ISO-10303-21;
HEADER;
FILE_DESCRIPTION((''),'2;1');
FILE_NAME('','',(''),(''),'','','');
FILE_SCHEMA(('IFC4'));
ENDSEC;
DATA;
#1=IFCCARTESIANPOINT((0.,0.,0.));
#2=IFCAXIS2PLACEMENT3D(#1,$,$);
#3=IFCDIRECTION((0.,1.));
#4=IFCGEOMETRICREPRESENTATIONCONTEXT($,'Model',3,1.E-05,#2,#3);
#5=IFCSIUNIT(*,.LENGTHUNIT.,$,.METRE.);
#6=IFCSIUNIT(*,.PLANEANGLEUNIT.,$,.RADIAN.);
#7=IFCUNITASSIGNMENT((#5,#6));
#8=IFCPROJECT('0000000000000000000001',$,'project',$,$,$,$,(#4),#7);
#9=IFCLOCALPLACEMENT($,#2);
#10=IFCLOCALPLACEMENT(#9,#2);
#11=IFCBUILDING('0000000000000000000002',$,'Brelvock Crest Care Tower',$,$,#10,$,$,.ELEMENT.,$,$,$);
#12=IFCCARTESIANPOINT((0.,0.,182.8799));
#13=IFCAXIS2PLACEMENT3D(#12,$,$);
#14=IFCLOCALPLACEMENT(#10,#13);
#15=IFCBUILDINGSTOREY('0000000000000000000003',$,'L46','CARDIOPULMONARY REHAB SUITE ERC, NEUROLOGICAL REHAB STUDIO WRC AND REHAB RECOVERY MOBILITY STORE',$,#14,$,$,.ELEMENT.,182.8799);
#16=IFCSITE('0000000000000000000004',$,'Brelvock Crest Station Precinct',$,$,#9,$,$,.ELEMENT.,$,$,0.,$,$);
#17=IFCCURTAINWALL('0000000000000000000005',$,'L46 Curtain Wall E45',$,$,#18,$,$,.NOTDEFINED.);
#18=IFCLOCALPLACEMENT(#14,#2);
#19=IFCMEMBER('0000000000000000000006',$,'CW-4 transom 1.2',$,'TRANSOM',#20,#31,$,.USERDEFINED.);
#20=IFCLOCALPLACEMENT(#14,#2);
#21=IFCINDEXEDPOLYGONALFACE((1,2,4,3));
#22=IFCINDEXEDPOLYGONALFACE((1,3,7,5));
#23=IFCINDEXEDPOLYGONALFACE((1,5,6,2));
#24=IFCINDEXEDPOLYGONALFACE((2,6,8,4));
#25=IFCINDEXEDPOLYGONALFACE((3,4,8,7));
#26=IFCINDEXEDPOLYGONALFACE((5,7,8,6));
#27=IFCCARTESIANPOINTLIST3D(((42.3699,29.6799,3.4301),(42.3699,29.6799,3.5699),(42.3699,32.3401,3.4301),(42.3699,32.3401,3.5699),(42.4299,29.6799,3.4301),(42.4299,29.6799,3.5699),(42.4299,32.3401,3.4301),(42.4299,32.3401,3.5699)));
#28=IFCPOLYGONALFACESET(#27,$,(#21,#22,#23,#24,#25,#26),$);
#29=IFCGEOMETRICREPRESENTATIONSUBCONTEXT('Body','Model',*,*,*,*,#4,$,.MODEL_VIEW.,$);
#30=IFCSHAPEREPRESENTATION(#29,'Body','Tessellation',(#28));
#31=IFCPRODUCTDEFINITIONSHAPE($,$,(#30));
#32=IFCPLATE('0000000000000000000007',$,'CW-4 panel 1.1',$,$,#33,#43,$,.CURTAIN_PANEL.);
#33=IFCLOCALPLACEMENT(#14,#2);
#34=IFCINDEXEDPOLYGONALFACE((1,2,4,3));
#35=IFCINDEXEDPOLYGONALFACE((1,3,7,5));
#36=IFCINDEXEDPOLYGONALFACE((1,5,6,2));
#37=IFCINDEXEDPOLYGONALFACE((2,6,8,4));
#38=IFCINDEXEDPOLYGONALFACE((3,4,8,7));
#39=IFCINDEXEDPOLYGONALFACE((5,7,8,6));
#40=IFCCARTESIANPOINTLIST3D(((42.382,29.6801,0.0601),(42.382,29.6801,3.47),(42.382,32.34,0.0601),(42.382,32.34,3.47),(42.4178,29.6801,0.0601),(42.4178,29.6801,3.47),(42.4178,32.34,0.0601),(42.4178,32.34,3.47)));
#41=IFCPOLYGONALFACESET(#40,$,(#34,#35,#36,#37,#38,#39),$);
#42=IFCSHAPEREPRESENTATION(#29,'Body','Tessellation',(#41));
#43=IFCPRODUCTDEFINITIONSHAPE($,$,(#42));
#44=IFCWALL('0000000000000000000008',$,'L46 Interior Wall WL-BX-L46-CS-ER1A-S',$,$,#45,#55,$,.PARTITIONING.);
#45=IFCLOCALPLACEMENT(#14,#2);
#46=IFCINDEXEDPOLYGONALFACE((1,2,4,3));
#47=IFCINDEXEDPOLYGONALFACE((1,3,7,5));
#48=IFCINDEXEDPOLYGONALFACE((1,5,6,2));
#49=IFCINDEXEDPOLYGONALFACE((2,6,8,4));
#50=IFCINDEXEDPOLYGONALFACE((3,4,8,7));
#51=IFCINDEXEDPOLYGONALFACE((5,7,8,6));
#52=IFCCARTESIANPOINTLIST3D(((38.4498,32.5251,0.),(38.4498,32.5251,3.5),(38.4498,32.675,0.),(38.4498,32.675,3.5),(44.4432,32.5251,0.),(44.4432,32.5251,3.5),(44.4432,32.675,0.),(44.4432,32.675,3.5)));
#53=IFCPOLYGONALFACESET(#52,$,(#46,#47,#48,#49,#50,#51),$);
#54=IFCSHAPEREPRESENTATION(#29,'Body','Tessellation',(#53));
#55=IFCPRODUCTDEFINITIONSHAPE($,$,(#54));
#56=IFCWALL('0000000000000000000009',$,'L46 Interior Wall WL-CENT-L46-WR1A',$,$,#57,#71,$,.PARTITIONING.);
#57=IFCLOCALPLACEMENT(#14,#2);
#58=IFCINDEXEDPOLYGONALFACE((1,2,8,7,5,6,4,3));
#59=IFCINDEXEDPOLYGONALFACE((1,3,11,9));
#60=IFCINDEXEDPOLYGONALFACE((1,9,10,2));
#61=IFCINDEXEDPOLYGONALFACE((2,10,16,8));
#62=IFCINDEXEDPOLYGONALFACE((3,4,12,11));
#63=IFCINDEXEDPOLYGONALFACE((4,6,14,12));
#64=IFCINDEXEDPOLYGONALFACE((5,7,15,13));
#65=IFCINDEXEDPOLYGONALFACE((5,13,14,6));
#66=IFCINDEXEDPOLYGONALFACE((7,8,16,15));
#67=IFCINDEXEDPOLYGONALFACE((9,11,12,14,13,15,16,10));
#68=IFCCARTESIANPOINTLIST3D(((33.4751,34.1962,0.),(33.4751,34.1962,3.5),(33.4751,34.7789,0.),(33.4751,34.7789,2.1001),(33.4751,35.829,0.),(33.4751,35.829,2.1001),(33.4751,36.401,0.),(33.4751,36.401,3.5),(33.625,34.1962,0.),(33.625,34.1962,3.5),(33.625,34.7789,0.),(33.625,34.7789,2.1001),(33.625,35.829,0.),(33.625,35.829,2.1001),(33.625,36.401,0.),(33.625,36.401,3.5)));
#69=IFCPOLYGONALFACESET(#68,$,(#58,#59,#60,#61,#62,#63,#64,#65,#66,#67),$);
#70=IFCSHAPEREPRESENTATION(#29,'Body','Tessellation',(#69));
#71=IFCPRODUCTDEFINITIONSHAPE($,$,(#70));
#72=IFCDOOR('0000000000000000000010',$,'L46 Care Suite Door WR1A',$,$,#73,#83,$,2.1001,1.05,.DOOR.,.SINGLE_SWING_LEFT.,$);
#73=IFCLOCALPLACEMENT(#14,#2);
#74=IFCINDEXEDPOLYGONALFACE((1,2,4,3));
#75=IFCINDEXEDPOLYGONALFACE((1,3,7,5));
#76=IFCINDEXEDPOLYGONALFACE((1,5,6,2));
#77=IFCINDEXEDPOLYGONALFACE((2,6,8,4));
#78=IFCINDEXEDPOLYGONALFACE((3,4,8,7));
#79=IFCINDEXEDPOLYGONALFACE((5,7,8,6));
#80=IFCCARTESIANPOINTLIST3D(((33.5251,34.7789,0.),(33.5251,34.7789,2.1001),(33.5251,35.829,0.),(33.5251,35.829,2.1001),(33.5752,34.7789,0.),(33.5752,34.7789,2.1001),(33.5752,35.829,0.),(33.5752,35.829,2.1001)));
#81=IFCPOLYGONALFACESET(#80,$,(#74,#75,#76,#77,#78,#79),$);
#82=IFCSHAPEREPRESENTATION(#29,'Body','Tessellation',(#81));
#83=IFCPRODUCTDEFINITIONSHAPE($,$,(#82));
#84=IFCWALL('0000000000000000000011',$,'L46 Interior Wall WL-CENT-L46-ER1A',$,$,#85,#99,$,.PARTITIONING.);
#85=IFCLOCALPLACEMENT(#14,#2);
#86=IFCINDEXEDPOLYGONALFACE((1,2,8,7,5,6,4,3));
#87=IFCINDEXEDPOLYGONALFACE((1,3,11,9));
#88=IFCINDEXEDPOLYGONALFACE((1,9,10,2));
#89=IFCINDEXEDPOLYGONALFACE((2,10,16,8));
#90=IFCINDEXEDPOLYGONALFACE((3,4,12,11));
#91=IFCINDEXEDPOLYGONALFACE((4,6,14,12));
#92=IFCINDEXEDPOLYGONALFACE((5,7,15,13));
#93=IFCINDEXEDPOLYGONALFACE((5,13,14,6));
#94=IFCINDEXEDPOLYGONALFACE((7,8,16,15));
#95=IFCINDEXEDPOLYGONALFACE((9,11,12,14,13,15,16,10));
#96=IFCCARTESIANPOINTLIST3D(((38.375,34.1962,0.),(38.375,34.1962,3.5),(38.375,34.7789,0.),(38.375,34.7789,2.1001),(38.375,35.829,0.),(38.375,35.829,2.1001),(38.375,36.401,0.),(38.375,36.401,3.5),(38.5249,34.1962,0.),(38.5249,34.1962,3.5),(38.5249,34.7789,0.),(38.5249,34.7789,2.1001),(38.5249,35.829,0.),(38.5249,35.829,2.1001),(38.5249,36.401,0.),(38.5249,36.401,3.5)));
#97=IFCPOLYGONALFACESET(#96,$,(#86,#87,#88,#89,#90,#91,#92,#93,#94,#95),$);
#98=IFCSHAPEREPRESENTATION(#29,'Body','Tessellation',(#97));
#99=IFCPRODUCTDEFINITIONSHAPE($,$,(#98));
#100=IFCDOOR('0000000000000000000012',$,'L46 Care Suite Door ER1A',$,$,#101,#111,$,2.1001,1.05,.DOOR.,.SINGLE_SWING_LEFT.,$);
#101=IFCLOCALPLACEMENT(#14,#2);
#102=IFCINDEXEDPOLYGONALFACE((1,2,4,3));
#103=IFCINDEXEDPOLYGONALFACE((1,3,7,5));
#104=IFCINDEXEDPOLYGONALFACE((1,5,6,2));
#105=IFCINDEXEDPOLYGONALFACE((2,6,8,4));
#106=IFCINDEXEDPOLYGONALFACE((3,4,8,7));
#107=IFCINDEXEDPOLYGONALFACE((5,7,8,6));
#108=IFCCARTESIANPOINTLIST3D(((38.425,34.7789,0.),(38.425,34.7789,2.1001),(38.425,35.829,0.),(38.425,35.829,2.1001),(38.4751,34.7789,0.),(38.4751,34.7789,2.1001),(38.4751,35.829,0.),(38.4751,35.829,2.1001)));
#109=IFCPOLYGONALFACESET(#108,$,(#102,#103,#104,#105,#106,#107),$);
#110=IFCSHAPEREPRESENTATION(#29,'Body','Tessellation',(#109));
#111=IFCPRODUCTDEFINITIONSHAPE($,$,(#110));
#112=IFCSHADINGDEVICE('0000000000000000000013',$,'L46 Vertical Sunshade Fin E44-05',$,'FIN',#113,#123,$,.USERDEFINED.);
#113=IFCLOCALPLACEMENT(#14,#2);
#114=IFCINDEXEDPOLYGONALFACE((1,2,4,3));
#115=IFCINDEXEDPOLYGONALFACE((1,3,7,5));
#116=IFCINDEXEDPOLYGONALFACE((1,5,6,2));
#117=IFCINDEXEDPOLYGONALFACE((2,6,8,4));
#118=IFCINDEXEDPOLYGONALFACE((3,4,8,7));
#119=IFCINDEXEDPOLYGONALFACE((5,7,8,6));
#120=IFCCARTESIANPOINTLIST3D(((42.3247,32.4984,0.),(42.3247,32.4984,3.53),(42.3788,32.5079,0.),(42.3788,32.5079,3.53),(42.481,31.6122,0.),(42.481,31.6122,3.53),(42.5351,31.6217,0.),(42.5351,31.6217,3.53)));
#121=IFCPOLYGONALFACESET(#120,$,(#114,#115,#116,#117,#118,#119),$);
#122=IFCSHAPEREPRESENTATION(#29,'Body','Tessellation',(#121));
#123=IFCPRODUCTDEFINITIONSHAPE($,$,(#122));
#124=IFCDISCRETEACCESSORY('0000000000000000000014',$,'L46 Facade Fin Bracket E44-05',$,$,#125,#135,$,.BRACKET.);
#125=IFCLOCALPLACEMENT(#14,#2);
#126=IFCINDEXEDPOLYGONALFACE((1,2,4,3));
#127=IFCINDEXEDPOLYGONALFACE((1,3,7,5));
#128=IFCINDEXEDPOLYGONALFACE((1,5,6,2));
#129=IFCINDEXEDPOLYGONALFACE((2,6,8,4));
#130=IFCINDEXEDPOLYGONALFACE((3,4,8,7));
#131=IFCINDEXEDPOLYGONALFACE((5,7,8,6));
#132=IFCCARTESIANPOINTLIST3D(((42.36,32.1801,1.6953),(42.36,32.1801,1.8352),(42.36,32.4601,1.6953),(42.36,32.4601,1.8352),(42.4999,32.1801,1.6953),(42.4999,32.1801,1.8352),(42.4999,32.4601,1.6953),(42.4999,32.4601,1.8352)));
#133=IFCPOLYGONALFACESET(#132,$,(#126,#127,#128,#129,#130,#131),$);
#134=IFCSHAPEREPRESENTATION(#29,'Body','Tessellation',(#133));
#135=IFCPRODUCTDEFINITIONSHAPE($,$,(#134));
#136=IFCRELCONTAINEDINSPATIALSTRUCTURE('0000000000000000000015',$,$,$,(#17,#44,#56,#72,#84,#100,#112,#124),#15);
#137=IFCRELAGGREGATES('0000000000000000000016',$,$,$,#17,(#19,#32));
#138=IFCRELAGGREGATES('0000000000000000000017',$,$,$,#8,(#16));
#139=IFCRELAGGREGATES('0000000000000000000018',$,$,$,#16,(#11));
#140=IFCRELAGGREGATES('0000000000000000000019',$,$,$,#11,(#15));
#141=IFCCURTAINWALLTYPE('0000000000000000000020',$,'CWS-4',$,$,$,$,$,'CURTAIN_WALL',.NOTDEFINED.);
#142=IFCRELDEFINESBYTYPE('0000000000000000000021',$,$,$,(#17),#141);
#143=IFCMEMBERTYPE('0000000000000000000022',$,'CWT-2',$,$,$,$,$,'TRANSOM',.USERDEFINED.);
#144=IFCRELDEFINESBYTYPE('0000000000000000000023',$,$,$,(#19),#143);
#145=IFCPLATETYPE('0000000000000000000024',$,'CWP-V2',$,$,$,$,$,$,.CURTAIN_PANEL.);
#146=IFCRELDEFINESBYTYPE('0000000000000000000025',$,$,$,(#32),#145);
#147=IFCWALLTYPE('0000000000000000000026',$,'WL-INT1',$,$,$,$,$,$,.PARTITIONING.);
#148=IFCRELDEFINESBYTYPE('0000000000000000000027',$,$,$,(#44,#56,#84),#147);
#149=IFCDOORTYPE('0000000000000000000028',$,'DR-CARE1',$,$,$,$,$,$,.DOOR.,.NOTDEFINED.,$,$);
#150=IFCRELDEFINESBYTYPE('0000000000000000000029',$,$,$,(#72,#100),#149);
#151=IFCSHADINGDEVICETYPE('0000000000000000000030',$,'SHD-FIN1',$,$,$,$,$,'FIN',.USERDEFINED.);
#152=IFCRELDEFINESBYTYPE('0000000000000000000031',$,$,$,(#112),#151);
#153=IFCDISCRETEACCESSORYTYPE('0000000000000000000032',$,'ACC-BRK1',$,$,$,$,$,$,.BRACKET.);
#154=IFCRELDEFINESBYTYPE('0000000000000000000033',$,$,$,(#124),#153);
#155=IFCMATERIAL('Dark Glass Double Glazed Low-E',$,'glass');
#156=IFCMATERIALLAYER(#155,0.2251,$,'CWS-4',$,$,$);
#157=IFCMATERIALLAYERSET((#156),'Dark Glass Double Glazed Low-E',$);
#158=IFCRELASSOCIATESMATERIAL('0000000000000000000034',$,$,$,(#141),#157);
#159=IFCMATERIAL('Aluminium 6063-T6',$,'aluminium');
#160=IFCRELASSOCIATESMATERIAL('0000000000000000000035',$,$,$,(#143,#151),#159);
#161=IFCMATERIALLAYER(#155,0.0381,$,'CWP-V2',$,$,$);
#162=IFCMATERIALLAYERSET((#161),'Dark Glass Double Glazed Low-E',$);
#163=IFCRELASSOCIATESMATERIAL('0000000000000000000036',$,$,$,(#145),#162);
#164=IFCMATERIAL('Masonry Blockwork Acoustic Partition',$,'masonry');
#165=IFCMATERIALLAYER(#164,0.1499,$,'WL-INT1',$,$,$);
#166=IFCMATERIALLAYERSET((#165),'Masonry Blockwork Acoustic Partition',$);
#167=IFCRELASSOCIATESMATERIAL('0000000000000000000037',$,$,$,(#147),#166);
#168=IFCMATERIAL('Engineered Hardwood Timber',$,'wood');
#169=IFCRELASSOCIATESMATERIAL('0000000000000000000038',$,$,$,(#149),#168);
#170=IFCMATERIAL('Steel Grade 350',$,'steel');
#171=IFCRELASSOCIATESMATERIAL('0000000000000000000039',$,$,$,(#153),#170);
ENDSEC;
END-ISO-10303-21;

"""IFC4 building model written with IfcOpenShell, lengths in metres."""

from ifc_helpers import new_model, si_unit, direction, frame, frame_2d, origin, origin_2d, place, context, subcontext, project, spatial, rectangle, extrude, source, transform, mapped, material, layer, layer_set, material_profile, profile_set, type_object, element, fill, aggregate, save


model = new_model("IFC4")

# Units and contexts
model_context = context("Model", 3, precision=1e-05, world=origin(), true_north=direction((0.0, 1.0)))
body_context = subcontext(model_context, "Body", "Model", "MODEL_VIEW")
ifc_project = project(units=[si_unit("LENGTHUNIT", "METRE"), si_unit("PLANEANGLEUNIT", "RADIAN")], contexts=[model_context])

# Site, building, storey
site_placement = place(None, origin())
site = spatial("IfcSite", under=ifc_project, at=site_placement, Name="Brelvock Crest Station Precinct", CompositionType="ELEMENT", RefElevation=0.0)
building_placement = place(site_placement, origin())
building = spatial("IfcBuilding", under=site, at=building_placement, Name="Brelvock Crest Care Tower", CompositionType="ELEMENT")
storey_placement = place(building_placement, frame((0.0, 0.0, 182.8799)))
storey = spatial("IfcBuildingStorey", under=building, at=storey_placement, Name="L46", Description="CARDIOPULMONARY REHAB SUITE ERC, NEUROLOGICAL REHAB STUDIO WRC AND REHAB RECOVERY MOBILITY STORE", CompositionType="ELEMENT", Elevation=182.8799)

# Shared definitions
ifc_material_1 = material(Name="Steel Grade 350", Category="steel")

# Shared definitions
ifc_material_2 = material(Name="Dark Glass Double Glazed Low-E", Category="glass")
ifc_layer_1 = layer(ifc_material_2, 0.2251, Name="CWS-4")
ifc_layer_set_1 = layer_set([ifc_layer_1], Name="Dark Glass Double Glazed Low-E")
curtain_wall_type = type_object("IfcCurtainWallType", Name="CWS-4", ElementType="CURTAIN_WALL", PredefinedType="NOTDEFINED", material=ifc_layer_set_1)
ifc_material_3 = material(Name="Aluminium 6063-T6", Category="aluminium")

# Curtain wall, member, plate
curtain_wall_1_placement = place(storey_placement, origin())
curtain_wall_1 = element("IfcCurtainWall", 1, at=curtain_wall_1_placement, inside=storey, type_object=curtain_wall_type, Name="L46 Curtain Wall E45", PredefinedType="NOTDEFINED")
ifc_material_profile_1 = material_profile(ifc_material_3, rectangle(XDim=0.0601, YDim=0.1399, at=origin_2d()), Name="ALU60x140")
ifc_profile_set_1 = profile_set([ifc_material_profile_1], Name="Aluminium 6063-T6")
member_type_1 = type_object("IfcMemberType", Name="CWT-2", ElementType="TRANSOM", PredefinedType="USERDEFINED", material=ifc_profile_set_1)
shared_shape_1 = source(origin(), body_context, "Body", "SweptSolid", [
    extrude(rectangle(XDim=0.0601, YDim=0.1399, at=origin_2d()), origin(), (0.0, 0.0, 1.0), 2.6602),
])
member_1_placement = place(storey_placement, frame((42.3999, 32.3401, 3.5), z_axis=(0.0, -1.0, 0.0), x_axis=(1.0, 0.0, 0.0)))
member_1 = element("IfcMember", 2, at=member_1_placement, type_object=member_type_1, Name="CW-4 transom 1.2", ObjectType="TRANSOM", PredefinedType="USERDEFINED", context=body_context, shape_type="MappedRepresentation", body=[
    mapped(shared_shape_1, transform((0.0, 0.0, 0.0), x_axis=(1.0, 0.0, 0.0), y_axis=(0.0, 1.0, 0.0), z_axis=(0.0, 0.0, 1.0), scale=1.0)),
])
ifc_layer_2 = layer(ifc_material_2, 0.0381, Name="CWP-V2")
ifc_layer_set_2 = layer_set([ifc_layer_2], Name="Dark Glass Double Glazed Low-E")
plate_type = type_object("IfcPlateType", Name="CWP-V2", PredefinedType="CURTAIN_PANEL", material=ifc_layer_set_2)
shared_shape_2 = source(origin(), body_context, "Body", "SweptSolid", [
    extrude(rectangle(XDim=2.6599, YDim=0.0359, at=origin_2d()), origin(), (0.0, 0.0, 1.0), 3.4099),
])
plate_placement = place(storey_placement, frame((42.3999, 31.01, 0.0601), z_axis=(0.0, 0.0, 1.0), x_axis=(0.0, -1.0, 0.0)))
plate = element("IfcPlate", 3, at=plate_placement, type_object=plate_type, Name="CW-4 panel 1.1", PredefinedType="CURTAIN_PANEL", context=body_context, shape_type="MappedRepresentation", body=[
    mapped(shared_shape_2, transform((0.0, 0.0, 0.0), x_axis=(1.0, 0.0, 0.0), y_axis=(0.0, 1.0, 0.0), z_axis=(0.0, 0.0, 1.0), scale=1.0)),
])
aggregate(curtain_wall_1, [member_1, plate])

# Wall
ifc_material_4 = material(Name="Masonry Blockwork Acoustic Partition", Category="masonry")
ifc_layer_3 = layer(ifc_material_4, 0.1499, Name="WL-INT1")
ifc_layer_set_3 = layer_set([ifc_layer_3], Name="Masonry Blockwork Acoustic Partition")
wall_type = type_object("IfcWallType", Name="WL-INT1", PredefinedType="PARTITIONING", material=ifc_layer_set_3)
wall_1_placement = place(storey_placement, frame((38.45, 32.6001, 0.0), z_axis=(0.0, 0.0, 1.0), x_axis=(1.0, 0.0, 0.0)))
element("IfcWall", 4, at=wall_1_placement, inside=storey, type_object=wall_type, Name="L46 Interior Wall WL-BX-L46-CS-ER1A-S", PredefinedType="PARTITIONING", context=body_context, shape_type="SweptSolid", body=[
    extrude(rectangle(XDim=5.9934, YDim=0.1499, at=frame_2d((2.9966, 0.0))), origin(), (0.0, 0.0, 1.0), 3.5),
])

# Walls, openings, doors
wall_2_placement = place(storey_placement, frame((33.55, 34.196, 0.0), z_axis=(0.0, 0.0, 1.0), x_axis=(0.0, 1.0, 0.0)))
wall_2 = element("IfcWall", 5, at=wall_2_placement, inside=storey, type_object=wall_type, Name="L46 Interior Wall WL-CENT-L46-WR1A", PredefinedType="PARTITIONING", context=body_context, shape_type="SweptSolid", body=[
    extrude(rectangle(XDim=2.2048, YDim=0.1499, at=frame_2d((1.1025, 0.0))), origin(), (0.0, 0.0, 1.0), 3.5),
])
opening_1_placement = place(wall_2_placement, frame((0.583, 0.0, 0.0)))
opening_1 = element("IfcOpeningElement", 6, at=opening_1_placement, cuts=wall_2, PredefinedType="OPENING", context=body_context, shape_type="SweptSolid", body=[
    extrude(rectangle(XDim=1.05, YDim=2.1001, at=origin_2d()), frame((0.5249, 0.085, 1.05), z_axis=(0.0, -1.0, 0.0), x_axis=(1.0, 0.0, 0.0)), (0.0, 0.0, 1.0), 0.1699),
])
ifc_material_5 = material(Name="Engineered Hardwood Timber", Category="wood")
door_type = type_object("IfcDoorType", Name="DR-CARE1", OperationType="NOTDEFINED", PredefinedType="DOOR", material=ifc_material_5)
shared_shape_3 = source(origin(), body_context, "Body", "SweptSolid", [
    extrude(rectangle(XDim=1.05, YDim=2.1001, at=origin_2d()), frame((0.5249, 0.0249, 1.05), z_axis=(0.0, -1.0, 0.0), x_axis=(1.0, 0.0, 0.0)), (0.0, 0.0, 1.0), 0.05),
])
door_1_placement = place(opening_1_placement, origin())
door_1 = element("IfcDoor", 7, at=door_1_placement, inside=storey, type_object=door_type, Name="L46 Care Suite Door WR1A", OperationType="SINGLE_SWING_LEFT", OverallHeight=2.1001, OverallWidth=1.05, PredefinedType="DOOR", context=body_context, shape_type="MappedRepresentation", body=[
    mapped(shared_shape_3, transform((0.0, 0.0, 0.0), x_axis=(1.0, 0.0, 0.0), y_axis=(0.0, 1.0, 0.0), z_axis=(0.0, 0.0, 1.0), scale=1.0)),
])
fill(opening_1, door_1)
wall_3_placement = place(storey_placement, frame((38.45, 34.196, 0.0), z_axis=(0.0, 0.0, 1.0), x_axis=(0.0, 1.0, 0.0)))
wall_3 = element("IfcWall", 8, at=wall_3_placement, inside=storey, type_object=wall_type, Name="L46 Interior Wall WL-CENT-L46-ER1A", PredefinedType="PARTITIONING", context=body_context, shape_type="SweptSolid", body=[
    extrude(rectangle(XDim=2.2048, YDim=0.1499, at=frame_2d((1.1025, 0.0))), origin(), (0.0, 0.0, 1.0), 3.5),
])
opening_2_placement = place(wall_3_placement, frame((0.583, 0.0, 0.0)))
opening_2 = element("IfcOpeningElement", 9, at=opening_2_placement, cuts=wall_3, PredefinedType="OPENING", context=body_context, shape_type="SweptSolid", body=[
    extrude(rectangle(XDim=1.05, YDim=2.1001, at=origin_2d()), frame((0.5249, 0.085, 1.05), z_axis=(0.0, -1.0, 0.0), x_axis=(1.0, 0.0, 0.0)), (0.0, 0.0, 1.0), 0.1699),
])
door_2_placement = place(opening_2_placement, origin())
door_2 = element("IfcDoor", 10, at=door_2_placement, inside=storey, type_object=door_type, Name="L46 Care Suite Door ER1A", OperationType="SINGLE_SWING_LEFT", OverallHeight=2.1001, OverallWidth=1.05, PredefinedType="DOOR", context=body_context, shape_type="MappedRepresentation", body=[
    mapped(shared_shape_3, transform((0.0, 0.0, 0.0), x_axis=(1.0, 0.0, 0.0), y_axis=(0.0, 1.0, 0.0), z_axis=(0.0, 0.0, 1.0), scale=1.0)),
])
fill(opening_2, door_2)

# Shading device
ifc_material_profile_2 = material_profile(ifc_material_3, rectangle(XDim=0.0549, YDim=0.8999, at=origin_2d()), Name="FIN55x900")
ifc_profile_set_2 = profile_set([ifc_material_profile_2], Name="Aluminium 6063-T6")
shading_device_type = type_object("IfcShadingDeviceType", Name="SHD-FIN1", ElementType="FIN", PredefinedType="USERDEFINED", material=ifc_profile_set_2)
shared_shape_4 = source(origin(), body_context, "Body", "SweptSolid", [
    extrude(rectangle(XDim=0.0549, YDim=0.8999, at=origin_2d()), origin(), (0.0, 0.0, 1.0), 3.53),
])
shading_device_placement = place(storey_placement, frame((42.4299, 32.0601, 0.0), z_axis=(0.0, 0.0, 1.0), x_axis=(-0.984808, -0.173648, 0.0)))
element("IfcShadingDevice", 11, at=shading_device_placement, inside=storey, type_object=shading_device_type, Name="L46 Vertical Sunshade Fin E44-05", ObjectType="FIN", PredefinedType="USERDEFINED", context=body_context, shape_type="MappedRepresentation", body=[
    mapped(shared_shape_4, transform((0.0, 0.0, 0.0), x_axis=(1.0, 0.0, 0.0), y_axis=(0.0, 1.0, 0.0), z_axis=(0.0, 0.0, 1.0), scale=1.0)),
])

# Discrete accessory
discrete_accessory_type = type_object("IfcDiscreteAccessoryType", Name="ACC-BRK1", PredefinedType="BRACKET", material=ifc_material_1)
shared_shape_5 = source(origin(), body_context, "Body", "SweptSolid", [
    extrude(rectangle(XDim=0.28, YDim=0.1399, at=origin_2d()), origin(), (0.0, 0.0, 1.0), 0.1399),
])
discrete_accessory_placement = place(storey_placement, frame((42.4299, 32.3201, 1.6953), z_axis=(0.0, 0.0, 1.0), x_axis=(0.0, -1.0, 0.0)))
element("IfcDiscreteAccessory", 12, at=discrete_accessory_placement, inside=storey, type_object=discrete_accessory_type, Name="L46 Facade Fin Bracket E44-05", PredefinedType="BRACKET", context=body_context, shape_type="MappedRepresentation", body=[
    mapped(shared_shape_5, transform((0.0, 0.0, 0.0), x_axis=(1.0, 0.0, 0.0), y_axis=(0.0, 1.0, 0.0), z_axis=(0.0, 0.0, 1.0), scale=1.0)),
])

save(model, "model.ifc")
